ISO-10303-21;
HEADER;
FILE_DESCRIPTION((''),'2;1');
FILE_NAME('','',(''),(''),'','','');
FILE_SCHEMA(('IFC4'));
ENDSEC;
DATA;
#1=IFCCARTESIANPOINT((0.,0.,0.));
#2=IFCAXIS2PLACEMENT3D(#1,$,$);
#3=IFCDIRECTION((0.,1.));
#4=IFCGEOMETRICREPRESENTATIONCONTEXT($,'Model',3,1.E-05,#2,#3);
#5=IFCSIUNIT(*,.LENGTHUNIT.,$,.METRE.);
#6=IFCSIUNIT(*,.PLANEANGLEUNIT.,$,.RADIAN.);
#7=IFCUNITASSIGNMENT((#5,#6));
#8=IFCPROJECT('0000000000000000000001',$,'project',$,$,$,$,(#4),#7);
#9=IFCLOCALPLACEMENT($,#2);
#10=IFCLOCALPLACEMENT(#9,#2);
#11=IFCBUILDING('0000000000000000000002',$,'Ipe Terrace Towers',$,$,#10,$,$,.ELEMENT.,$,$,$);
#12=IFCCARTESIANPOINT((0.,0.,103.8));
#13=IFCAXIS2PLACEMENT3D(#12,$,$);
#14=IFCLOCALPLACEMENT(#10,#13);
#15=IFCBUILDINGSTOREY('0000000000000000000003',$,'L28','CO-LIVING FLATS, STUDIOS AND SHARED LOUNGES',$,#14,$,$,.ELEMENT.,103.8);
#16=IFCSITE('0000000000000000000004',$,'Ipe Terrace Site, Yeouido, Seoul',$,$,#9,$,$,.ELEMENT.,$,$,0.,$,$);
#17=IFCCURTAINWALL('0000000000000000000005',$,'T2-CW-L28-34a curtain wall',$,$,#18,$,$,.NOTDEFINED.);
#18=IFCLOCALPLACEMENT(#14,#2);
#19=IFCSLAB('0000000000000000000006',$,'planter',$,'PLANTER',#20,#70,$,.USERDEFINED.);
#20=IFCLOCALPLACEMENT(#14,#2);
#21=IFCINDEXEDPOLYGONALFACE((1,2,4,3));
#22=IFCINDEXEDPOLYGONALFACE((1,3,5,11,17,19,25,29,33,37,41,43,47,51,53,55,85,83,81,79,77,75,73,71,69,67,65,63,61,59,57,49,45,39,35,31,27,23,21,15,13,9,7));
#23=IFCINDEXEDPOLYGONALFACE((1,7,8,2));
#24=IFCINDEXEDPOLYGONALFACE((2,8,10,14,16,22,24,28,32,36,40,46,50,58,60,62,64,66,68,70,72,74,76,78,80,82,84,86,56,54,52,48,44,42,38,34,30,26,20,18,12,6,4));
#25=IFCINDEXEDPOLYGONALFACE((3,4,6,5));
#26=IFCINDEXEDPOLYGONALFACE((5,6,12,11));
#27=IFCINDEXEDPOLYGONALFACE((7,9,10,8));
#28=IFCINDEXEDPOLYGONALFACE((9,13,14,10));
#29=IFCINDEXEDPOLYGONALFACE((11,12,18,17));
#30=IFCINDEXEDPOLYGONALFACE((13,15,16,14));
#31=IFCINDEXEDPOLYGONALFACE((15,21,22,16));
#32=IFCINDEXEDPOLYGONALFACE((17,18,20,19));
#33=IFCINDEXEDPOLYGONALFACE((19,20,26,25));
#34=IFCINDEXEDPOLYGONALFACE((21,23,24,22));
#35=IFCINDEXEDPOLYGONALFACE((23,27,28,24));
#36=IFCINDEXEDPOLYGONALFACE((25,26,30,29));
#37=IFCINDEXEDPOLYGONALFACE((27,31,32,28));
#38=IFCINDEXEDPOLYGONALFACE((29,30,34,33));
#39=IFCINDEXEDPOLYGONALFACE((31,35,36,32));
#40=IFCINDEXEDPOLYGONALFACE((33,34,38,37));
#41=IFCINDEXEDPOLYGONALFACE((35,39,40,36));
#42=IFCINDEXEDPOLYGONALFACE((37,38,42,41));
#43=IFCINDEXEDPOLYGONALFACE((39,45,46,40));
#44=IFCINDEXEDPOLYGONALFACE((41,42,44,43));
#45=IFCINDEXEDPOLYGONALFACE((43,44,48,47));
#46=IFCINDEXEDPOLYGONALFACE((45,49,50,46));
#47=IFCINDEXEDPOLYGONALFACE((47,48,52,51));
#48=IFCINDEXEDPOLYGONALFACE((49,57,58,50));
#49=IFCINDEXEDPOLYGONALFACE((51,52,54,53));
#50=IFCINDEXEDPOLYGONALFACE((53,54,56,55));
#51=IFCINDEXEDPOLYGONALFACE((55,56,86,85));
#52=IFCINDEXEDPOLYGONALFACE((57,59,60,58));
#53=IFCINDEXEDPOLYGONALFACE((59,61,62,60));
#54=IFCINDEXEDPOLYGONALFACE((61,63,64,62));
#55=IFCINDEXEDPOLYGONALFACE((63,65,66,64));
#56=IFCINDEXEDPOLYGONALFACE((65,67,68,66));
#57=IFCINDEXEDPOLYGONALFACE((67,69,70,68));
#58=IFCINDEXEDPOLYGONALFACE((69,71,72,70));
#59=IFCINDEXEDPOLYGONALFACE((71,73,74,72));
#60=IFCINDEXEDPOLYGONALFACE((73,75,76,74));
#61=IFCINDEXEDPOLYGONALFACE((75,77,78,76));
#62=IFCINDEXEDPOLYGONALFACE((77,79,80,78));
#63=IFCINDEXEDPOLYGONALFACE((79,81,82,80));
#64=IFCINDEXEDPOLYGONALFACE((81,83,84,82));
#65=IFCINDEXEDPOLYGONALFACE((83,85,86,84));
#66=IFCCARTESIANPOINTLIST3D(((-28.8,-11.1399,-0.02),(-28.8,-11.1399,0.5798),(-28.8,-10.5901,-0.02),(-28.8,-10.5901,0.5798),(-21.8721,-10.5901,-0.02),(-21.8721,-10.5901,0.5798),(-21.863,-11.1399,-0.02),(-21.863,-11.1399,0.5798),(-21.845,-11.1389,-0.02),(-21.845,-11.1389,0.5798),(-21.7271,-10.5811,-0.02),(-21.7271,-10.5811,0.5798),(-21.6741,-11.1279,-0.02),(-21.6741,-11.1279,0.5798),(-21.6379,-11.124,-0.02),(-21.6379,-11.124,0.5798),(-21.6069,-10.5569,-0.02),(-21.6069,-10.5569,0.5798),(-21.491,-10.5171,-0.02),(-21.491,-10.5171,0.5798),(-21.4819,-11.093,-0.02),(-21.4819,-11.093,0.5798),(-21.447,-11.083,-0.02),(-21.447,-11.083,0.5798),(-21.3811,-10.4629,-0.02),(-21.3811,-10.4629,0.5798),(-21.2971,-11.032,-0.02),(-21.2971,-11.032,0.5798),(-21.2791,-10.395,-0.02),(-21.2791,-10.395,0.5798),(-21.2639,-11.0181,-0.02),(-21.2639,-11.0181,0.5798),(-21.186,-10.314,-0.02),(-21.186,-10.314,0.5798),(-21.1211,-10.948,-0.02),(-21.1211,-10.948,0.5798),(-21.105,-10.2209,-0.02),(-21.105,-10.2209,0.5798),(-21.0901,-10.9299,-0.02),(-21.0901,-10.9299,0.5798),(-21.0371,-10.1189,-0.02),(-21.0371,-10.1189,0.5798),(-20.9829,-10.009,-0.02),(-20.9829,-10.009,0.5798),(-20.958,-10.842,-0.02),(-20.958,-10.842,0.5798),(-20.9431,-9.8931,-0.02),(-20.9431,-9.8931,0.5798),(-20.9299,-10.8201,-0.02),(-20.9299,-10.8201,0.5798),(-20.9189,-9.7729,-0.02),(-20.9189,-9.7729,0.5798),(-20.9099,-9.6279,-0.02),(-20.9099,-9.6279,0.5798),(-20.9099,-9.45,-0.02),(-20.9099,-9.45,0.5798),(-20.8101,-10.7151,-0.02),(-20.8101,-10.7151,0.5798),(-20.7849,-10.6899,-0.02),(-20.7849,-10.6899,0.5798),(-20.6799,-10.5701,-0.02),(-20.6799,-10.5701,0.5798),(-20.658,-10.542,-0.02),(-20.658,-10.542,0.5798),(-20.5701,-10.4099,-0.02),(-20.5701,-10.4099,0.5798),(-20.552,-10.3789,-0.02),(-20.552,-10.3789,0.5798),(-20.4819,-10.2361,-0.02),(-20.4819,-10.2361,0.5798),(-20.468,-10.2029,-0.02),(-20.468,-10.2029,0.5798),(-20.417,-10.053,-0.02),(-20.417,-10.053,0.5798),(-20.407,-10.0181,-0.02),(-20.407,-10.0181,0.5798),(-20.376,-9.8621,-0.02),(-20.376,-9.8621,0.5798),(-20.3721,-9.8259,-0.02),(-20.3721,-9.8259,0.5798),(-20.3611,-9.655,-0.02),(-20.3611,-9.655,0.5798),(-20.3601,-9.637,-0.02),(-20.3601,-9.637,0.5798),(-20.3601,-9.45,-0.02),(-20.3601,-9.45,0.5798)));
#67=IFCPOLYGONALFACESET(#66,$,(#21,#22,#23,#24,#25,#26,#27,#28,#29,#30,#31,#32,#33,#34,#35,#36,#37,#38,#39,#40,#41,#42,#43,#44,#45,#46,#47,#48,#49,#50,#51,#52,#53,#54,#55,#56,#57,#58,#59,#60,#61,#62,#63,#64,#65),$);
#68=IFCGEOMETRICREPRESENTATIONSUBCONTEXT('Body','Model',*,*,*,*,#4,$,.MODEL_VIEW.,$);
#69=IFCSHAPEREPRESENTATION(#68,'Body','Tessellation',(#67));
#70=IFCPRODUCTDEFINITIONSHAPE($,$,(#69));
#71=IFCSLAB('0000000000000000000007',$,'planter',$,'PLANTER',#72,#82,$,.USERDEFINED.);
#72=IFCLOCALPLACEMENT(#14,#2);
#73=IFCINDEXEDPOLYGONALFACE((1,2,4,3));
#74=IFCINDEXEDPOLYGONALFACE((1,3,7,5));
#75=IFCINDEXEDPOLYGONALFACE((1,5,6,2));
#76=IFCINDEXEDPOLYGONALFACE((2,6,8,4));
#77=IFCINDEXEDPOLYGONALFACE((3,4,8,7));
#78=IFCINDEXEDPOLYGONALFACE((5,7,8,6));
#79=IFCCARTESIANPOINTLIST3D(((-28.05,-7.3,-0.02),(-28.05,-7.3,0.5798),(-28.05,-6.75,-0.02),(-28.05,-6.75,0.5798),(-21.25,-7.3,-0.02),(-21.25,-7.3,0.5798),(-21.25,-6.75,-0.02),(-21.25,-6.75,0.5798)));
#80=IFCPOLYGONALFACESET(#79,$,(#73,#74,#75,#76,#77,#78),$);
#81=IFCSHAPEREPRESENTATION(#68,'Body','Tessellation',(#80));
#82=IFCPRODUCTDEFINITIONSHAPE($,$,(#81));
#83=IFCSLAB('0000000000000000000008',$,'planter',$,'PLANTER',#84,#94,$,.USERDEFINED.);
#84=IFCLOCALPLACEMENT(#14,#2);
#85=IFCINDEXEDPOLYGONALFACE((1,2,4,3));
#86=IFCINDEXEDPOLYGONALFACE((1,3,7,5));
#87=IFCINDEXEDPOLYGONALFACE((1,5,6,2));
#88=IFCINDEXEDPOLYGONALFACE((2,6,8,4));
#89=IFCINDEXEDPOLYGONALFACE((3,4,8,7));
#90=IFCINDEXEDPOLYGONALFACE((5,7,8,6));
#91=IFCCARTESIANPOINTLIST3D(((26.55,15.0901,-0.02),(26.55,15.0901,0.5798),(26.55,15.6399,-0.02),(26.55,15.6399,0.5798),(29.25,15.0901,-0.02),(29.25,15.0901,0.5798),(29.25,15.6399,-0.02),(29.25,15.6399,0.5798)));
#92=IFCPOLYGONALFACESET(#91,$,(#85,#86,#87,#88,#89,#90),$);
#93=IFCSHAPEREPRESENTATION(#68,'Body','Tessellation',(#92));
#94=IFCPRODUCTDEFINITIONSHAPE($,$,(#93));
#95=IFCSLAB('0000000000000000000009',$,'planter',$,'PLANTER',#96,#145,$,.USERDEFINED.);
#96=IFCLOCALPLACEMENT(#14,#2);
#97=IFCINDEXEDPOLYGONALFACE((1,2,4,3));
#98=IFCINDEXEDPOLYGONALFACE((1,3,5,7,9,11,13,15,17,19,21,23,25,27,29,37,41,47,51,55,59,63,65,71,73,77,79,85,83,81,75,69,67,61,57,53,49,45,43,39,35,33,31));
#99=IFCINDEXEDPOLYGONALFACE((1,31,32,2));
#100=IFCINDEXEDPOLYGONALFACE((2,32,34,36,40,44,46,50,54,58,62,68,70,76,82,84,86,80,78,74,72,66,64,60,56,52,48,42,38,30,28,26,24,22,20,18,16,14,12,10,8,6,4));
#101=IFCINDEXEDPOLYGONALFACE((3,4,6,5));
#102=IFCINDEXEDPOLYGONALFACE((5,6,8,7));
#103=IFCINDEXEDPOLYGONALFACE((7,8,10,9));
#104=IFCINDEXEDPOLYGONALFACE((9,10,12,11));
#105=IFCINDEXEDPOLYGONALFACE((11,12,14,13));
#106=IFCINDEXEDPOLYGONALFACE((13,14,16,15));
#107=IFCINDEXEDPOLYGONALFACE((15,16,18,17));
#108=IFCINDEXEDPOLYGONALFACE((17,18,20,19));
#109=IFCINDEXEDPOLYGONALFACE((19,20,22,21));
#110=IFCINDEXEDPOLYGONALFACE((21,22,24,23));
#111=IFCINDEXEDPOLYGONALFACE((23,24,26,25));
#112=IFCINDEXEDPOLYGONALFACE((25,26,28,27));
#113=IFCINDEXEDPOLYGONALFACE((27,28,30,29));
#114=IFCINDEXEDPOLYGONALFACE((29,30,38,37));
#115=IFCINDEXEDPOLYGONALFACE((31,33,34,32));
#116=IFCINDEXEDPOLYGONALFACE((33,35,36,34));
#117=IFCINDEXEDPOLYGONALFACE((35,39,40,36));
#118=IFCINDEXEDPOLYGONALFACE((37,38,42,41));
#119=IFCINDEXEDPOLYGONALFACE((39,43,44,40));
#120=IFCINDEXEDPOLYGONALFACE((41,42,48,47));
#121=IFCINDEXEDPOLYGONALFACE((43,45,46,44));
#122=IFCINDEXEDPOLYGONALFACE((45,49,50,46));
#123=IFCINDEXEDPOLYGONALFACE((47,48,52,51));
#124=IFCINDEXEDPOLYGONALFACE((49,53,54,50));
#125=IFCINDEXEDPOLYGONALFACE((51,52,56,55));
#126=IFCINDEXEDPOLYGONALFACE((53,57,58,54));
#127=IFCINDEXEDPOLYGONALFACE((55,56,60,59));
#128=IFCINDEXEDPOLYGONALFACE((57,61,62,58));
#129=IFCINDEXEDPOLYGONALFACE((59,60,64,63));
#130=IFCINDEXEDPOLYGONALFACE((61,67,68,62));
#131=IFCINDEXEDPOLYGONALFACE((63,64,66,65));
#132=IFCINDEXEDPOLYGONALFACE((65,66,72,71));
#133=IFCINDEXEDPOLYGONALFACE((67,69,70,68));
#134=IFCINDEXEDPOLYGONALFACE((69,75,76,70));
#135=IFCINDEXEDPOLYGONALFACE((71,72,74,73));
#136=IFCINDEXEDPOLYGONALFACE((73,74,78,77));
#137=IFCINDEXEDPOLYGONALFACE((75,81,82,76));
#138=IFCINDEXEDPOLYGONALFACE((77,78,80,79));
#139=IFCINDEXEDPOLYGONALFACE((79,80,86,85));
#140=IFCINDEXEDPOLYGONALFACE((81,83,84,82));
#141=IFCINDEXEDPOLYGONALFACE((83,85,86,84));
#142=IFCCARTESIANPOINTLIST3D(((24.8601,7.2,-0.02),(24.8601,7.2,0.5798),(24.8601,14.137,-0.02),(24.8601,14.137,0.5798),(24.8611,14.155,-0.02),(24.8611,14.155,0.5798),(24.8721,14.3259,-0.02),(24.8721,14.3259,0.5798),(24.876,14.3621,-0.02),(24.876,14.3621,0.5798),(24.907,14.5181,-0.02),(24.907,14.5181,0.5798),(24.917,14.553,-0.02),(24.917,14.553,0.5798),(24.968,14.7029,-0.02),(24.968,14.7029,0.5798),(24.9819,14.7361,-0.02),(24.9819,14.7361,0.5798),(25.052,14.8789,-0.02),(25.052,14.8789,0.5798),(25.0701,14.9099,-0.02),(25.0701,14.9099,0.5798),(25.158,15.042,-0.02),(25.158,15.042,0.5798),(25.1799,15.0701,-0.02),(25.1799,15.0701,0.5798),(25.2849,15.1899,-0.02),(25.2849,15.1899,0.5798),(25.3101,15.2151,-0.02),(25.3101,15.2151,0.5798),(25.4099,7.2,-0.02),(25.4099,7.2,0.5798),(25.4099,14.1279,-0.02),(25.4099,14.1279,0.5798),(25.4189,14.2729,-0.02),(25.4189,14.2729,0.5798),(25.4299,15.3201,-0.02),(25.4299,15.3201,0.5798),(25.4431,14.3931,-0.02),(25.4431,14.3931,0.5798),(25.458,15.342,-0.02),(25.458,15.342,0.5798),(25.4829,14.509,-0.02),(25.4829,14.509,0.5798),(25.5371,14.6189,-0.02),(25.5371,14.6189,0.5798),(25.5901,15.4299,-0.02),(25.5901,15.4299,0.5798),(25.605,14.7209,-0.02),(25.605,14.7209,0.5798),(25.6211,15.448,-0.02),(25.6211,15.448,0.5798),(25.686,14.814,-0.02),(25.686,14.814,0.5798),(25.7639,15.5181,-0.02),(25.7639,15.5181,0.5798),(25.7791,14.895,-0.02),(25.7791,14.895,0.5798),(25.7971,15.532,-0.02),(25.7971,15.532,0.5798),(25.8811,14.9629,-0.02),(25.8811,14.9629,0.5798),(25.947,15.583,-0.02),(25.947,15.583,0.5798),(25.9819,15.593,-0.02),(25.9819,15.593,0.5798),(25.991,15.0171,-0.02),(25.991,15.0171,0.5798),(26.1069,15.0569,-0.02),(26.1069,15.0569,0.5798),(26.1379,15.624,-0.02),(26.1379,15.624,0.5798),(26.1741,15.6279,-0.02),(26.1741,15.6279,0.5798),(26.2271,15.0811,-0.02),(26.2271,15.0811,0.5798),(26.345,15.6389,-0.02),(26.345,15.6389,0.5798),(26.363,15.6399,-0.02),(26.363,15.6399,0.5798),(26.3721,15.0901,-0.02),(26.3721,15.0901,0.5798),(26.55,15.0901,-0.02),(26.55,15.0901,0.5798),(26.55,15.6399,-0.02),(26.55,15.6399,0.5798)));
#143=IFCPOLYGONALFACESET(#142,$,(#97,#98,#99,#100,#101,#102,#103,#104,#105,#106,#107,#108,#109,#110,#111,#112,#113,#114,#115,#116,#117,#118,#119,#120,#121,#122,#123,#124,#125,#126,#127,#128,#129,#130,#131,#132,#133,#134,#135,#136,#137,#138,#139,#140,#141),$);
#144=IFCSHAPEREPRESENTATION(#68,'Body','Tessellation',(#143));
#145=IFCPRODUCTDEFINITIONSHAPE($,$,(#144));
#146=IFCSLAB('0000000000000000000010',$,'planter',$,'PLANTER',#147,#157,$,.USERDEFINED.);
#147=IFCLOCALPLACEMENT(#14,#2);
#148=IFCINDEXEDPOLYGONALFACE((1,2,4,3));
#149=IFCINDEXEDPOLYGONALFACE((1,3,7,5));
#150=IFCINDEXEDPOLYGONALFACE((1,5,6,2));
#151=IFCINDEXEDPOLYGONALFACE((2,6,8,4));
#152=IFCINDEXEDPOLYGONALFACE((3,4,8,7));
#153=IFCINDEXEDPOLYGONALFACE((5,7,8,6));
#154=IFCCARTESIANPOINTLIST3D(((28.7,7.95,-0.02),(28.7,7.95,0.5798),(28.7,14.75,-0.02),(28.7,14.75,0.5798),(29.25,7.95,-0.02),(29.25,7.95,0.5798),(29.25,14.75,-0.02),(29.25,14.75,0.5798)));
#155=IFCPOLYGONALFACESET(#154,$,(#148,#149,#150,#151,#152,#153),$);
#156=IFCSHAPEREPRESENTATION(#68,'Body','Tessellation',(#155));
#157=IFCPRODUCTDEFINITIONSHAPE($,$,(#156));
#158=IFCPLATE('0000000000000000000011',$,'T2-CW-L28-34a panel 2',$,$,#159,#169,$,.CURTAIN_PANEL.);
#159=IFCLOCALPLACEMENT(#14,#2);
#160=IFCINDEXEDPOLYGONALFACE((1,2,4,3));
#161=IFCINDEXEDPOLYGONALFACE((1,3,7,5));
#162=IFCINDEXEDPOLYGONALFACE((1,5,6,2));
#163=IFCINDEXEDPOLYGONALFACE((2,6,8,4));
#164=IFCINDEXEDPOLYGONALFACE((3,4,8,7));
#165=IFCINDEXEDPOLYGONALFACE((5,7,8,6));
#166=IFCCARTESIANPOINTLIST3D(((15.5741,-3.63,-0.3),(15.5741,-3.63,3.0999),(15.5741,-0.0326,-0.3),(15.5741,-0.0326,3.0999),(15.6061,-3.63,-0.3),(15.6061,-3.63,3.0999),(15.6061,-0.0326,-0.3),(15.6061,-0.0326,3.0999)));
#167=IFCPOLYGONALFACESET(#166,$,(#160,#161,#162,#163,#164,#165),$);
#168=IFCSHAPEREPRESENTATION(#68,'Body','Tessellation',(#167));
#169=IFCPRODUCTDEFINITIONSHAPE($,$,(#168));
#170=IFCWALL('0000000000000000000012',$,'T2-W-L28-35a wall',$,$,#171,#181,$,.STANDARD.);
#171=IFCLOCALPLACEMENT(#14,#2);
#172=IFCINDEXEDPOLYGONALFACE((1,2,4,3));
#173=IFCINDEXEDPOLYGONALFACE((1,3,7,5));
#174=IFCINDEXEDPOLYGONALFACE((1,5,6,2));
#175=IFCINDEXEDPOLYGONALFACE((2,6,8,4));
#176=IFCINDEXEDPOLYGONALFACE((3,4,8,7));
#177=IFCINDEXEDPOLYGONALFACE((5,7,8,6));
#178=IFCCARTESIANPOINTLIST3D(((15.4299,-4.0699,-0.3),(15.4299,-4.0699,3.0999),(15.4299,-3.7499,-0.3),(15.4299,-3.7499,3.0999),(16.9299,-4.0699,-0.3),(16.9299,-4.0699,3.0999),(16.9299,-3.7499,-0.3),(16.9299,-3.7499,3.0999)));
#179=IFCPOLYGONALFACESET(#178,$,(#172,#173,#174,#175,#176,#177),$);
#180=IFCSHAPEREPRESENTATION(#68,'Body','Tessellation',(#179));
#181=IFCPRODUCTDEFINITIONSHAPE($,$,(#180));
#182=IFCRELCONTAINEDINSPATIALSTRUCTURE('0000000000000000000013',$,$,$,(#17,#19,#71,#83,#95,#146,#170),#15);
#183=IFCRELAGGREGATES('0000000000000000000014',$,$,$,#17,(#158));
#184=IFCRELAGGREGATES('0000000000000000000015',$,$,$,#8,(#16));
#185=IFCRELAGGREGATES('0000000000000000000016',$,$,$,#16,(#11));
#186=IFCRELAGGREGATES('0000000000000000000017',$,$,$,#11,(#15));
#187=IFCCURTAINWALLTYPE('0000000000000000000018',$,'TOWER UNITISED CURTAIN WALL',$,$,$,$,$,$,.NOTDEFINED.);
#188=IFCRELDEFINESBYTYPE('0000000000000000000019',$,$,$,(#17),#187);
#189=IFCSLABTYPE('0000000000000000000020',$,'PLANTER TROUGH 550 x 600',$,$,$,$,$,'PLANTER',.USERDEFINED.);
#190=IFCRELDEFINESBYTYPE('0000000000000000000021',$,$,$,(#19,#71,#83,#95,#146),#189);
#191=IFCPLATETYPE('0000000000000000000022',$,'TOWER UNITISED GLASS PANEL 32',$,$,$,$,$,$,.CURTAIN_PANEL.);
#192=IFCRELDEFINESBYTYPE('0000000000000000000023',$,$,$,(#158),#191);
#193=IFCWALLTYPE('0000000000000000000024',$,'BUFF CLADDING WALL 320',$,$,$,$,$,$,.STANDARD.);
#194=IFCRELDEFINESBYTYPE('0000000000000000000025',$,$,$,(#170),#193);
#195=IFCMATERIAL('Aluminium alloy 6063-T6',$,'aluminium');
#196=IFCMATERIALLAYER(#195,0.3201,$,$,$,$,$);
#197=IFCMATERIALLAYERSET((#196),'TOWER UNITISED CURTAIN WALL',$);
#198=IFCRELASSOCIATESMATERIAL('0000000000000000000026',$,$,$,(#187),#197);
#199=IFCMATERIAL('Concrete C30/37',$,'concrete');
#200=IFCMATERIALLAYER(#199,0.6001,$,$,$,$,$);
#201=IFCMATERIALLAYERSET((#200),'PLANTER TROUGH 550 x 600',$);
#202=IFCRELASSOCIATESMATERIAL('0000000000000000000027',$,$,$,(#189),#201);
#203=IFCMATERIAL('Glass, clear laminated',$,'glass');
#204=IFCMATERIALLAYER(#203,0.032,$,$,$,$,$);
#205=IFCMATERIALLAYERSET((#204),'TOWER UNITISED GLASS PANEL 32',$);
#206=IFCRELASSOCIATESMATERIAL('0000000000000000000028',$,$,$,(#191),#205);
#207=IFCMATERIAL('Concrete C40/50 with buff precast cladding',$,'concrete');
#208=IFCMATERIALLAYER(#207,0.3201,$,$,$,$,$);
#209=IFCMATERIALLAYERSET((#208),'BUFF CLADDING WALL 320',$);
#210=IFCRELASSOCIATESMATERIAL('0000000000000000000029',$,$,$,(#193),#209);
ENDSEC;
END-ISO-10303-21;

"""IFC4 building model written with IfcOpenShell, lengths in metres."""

from ifc_helpers import new_model, si_unit, direction, frame, frame_2d, origin, origin_2d, place, context, subcontext, project, spatial, polyline, rectangle, outline, extrude, material, layer, layer_set, type_object, element, aggregate, save


model = new_model("IFC4")

# Units and contexts
model_context = context("Model", 3, precision=1e-05, world=origin(), true_north=direction((0.0, 1.0)))
body_context = subcontext(model_context, "Body", "Model", "MODEL_VIEW")
ifc_project = project(units=[si_unit("LENGTHUNIT", "METRE"), si_unit("PLANEANGLEUNIT", "RADIAN")], contexts=[model_context])

# Site, building, storey
site_placement = place(None, origin())
site = spatial("IfcSite", under=ifc_project, at=site_placement, Name="Ipe Terrace Site, Yeouido, Seoul", CompositionType="ELEMENT", RefElevation=0.0)
building_placement = place(site_placement, origin())
building = spatial("IfcBuilding", under=site, at=building_placement, Name="Ipe Terrace Towers", CompositionType="ELEMENT")
storey_placement = place(building_placement, frame((0.0, 0.0, 103.8)))
storey = spatial("IfcBuildingStorey", under=building, at=storey_placement, Name="L28", Description="CO-LIVING FLATS, STUDIOS AND SHARED LOUNGES", CompositionType="ELEMENT", Elevation=103.8)

# Curtain wall
ifc_material_1 = material(Name="Aluminium alloy 6063-T6", Category="aluminium")
ifc_layer_1 = layer(ifc_material_1, 0.3201)
ifc_layer_set_1 = layer_set([ifc_layer_1], Name="TOWER UNITISED CURTAIN WALL")
curtain_wall_type = type_object("IfcCurtainWallType", Name="TOWER UNITISED CURTAIN WALL", PredefinedType="NOTDEFINED", material=ifc_layer_set_1)
curtain_wall_placement = place(storey_placement, origin())
curtain_wall = element("IfcCurtainWall", 1, at=curtain_wall_placement, inside=storey, type_object=curtain_wall_type, Name="T2-CW-L28-34a curtain wall", PredefinedType="NOTDEFINED")

# Slabs
ifc_material_2 = material(Name="Concrete C30/37", Category="concrete")
ifc_layer_2 = layer(ifc_material_2, 0.6001)
ifc_layer_set_2 = layer_set([ifc_layer_2], Name="PLANTER TROUGH 550 x 600")
slab_type_1 = type_object("IfcSlabType", Name="PLANTER TROUGH 550 x 600", ElementType="PLANTER", PredefinedType="USERDEFINED", material=ifc_layer_set_2)
slab_1_placement = place(storey_placement, frame((0.0, 0.0, -0.02)))
element("IfcSlab", 2, at=slab_1_placement, inside=storey, type_object=slab_type_1, Name="planter", ObjectType="PLANTER", PredefinedType="USERDEFINED", context=body_context, shape_type="SweptSolid", body=[
    extrude(outline(polyline([(-20.9431, -9.8931), (-20.9829, -10.009), (-21.0371, -10.1189), (-21.105, -10.2209), (-21.186, -10.314), (-21.2791, -10.395), (-21.3811, -10.4629), (-21.491, -10.5171), (-21.6069, -10.5569), (-21.7271, -10.5811), (-21.8721, -10.5901), (-28.8, -10.5901), (-28.8, -11.1399), (-21.863, -11.1399), (-21.845, -11.1389), (-21.6741, -11.1279), (-21.6379, -11.124), (-21.4819, -11.093), (-21.447, -11.083), (-21.2971, -11.032), (-21.2639, -11.0181), (-21.1211, -10.948), (-21.0901, -10.9299), (-20.958, -10.842), (-20.9299, -10.8201), (-20.8101, -10.7151), (-20.7849, -10.6899), (-20.6799, -10.5701), (-20.658, -10.542), (-20.5701, -10.4099), (-20.552, -10.3789), (-20.4819, -10.2361), (-20.468, -10.2029), (-20.417, -10.053), (-20.407, -10.0181), (-20.376, -9.8621), (-20.3721, -9.8259), (-20.3611, -9.655), (-20.3601, -9.637), (-20.3601, -9.45), (-20.9099, -9.45), (-20.9099, -9.6279), (-20.9189, -9.7729), (-20.9431, -9.8931)])), origin(), (0.0, 0.0, 1.0), 0.5999),
])
slab_2_placement = place(storey_placement, frame((0.0, 0.0, -0.02)))
element("IfcSlab", 3, at=slab_2_placement, inside=storey, type_object=slab_type_1, Name="planter", ObjectType="PLANTER", PredefinedType="USERDEFINED", context=body_context, shape_type="SweptSolid", body=[
    extrude(outline(polyline([(-28.05, -6.75), (-28.05, -7.3), (-21.25, -7.3), (-21.25, -6.75), (-28.05, -6.75)])), origin(), (0.0, 0.0, 1.0), 0.5999),
])
slab_3_placement = place(storey_placement, frame((0.0, 0.0, -0.02)))
element("IfcSlab", 4, at=slab_3_placement, inside=storey, type_object=slab_type_1, Name="planter", ObjectType="PLANTER", PredefinedType="USERDEFINED", context=body_context, shape_type="SweptSolid", body=[
    extrude(outline(polyline([(29.25, 15.6399), (26.55, 15.6399), (26.55, 15.0901), (29.25, 15.0901), (29.25, 15.6399)])), origin(), (0.0, 0.0, 1.0), 0.5999),
])
slab_4_placement = place(storey_placement, frame((0.0, 0.0, -0.02)))
element("IfcSlab", 5, at=slab_4_placement, inside=storey, type_object=slab_type_1, Name="planter", ObjectType="PLANTER", PredefinedType="USERDEFINED", context=body_context, shape_type="SweptSolid", body=[
    extrude(outline(polyline([(26.1069, 15.0569), (26.2271, 15.0811), (26.3721, 15.0901), (26.55, 15.0901), (26.55, 15.6399), (26.363, 15.6399), (26.345, 15.6389), (26.1741, 15.6279), (26.1379, 15.624), (25.9819, 15.593), (25.947, 15.583), (25.7971, 15.532), (25.7639, 15.5181), (25.6211, 15.448), (25.5901, 15.4299), (25.458, 15.342), (25.4299, 15.3201), (25.3101, 15.2151), (25.2849, 15.1899), (25.1799, 15.0701), (25.158, 15.042), (25.0701, 14.9099), (25.052, 14.8789), (24.9819, 14.7361), (24.968, 14.7029), (24.917, 14.553), (24.907, 14.5181), (24.876, 14.3621), (24.8721, 14.3259), (24.8611, 14.155), (24.8601, 14.137), (24.8601, 7.2), (25.4099, 7.2), (25.4099, 14.1279), (25.4189, 14.2729), (25.4431, 14.3931), (25.4829, 14.509), (25.5371, 14.6189), (25.605, 14.7209), (25.686, 14.814), (25.7791, 14.895), (25.8811, 14.9629), (25.991, 15.0171), (26.1069, 15.0569)])), origin(), (0.0, 0.0, 1.0), 0.5999),
])
slab_5_placement = place(storey_placement, frame((0.0, 0.0, -0.02)))
element("IfcSlab", 6, at=slab_5_placement, inside=storey, type_object=slab_type_1, Name="planter", ObjectType="PLANTER", PredefinedType="USERDEFINED", context=body_context, shape_type="SweptSolid", body=[
    extrude(outline(polyline([(29.25, 7.95), (29.25, 14.75), (28.7, 14.75), (28.7, 7.95), (29.25, 7.95)])), origin(), (0.0, 0.0, 1.0), 0.5999),
])

# Plate
ifc_material_3 = material(Name="Glass, clear laminated", Category="glass")
ifc_layer_3 = layer(ifc_material_3, 0.032)
ifc_layer_set_3 = layer_set([ifc_layer_3], Name="TOWER UNITISED GLASS PANEL 32")
plate_type = type_object("IfcPlateType", Name="TOWER UNITISED GLASS PANEL 32", PredefinedType="CURTAIN_PANEL", material=ifc_layer_set_3)
plate_placement = place(storey_placement, frame((15.5901, -1.8313, -0.3), z_axis=(0.0, 0.0, 1.0), x_axis=(0.0, -1.0, 0.0)))
plate = element("IfcPlate", 7, at=plate_placement, type_object=plate_type, Name="T2-CW-L28-34a panel 2", PredefinedType="CURTAIN_PANEL", context=body_context, shape_type="SweptSolid", body=[
    extrude(rectangle(XDim=3.5974, YDim=0.032, at=origin_2d()), origin(), (0.0, 0.0, 1.0), 3.3999),
])
aggregate(curtain_wall, [plate])

# Wall
ifc_material_4 = material(Name="Concrete C40/50 with buff precast cladding", Category="concrete")
ifc_layer_4 = layer(ifc_material_4, 0.3201)
ifc_layer_set_4 = layer_set([ifc_layer_4], Name="BUFF CLADDING WALL 320")
wall_type = type_object("IfcWallType", Name="BUFF CLADDING WALL 320", PredefinedType="STANDARD", material=ifc_layer_set_4)
wall_1_placement = place(storey_placement, frame((15.4299, -3.9099, -0.3), z_axis=(0.0, 0.0, 1.0), x_axis=(1.0, 0.0, 0.0)))
element("IfcWall", 8, at=wall_1_placement, inside=storey, type_object=wall_type, Name="T2-W-L28-35a wall", PredefinedType="STANDARD", context=body_context, shape_type="SweptSolid", body=[
    extrude(rectangle(XDim=1.5, YDim=0.3201, at=frame_2d((0.75, 0.0))), origin(), (0.0, 0.0, 1.0), 3.3999),
])

save(model, "model.ifc")
